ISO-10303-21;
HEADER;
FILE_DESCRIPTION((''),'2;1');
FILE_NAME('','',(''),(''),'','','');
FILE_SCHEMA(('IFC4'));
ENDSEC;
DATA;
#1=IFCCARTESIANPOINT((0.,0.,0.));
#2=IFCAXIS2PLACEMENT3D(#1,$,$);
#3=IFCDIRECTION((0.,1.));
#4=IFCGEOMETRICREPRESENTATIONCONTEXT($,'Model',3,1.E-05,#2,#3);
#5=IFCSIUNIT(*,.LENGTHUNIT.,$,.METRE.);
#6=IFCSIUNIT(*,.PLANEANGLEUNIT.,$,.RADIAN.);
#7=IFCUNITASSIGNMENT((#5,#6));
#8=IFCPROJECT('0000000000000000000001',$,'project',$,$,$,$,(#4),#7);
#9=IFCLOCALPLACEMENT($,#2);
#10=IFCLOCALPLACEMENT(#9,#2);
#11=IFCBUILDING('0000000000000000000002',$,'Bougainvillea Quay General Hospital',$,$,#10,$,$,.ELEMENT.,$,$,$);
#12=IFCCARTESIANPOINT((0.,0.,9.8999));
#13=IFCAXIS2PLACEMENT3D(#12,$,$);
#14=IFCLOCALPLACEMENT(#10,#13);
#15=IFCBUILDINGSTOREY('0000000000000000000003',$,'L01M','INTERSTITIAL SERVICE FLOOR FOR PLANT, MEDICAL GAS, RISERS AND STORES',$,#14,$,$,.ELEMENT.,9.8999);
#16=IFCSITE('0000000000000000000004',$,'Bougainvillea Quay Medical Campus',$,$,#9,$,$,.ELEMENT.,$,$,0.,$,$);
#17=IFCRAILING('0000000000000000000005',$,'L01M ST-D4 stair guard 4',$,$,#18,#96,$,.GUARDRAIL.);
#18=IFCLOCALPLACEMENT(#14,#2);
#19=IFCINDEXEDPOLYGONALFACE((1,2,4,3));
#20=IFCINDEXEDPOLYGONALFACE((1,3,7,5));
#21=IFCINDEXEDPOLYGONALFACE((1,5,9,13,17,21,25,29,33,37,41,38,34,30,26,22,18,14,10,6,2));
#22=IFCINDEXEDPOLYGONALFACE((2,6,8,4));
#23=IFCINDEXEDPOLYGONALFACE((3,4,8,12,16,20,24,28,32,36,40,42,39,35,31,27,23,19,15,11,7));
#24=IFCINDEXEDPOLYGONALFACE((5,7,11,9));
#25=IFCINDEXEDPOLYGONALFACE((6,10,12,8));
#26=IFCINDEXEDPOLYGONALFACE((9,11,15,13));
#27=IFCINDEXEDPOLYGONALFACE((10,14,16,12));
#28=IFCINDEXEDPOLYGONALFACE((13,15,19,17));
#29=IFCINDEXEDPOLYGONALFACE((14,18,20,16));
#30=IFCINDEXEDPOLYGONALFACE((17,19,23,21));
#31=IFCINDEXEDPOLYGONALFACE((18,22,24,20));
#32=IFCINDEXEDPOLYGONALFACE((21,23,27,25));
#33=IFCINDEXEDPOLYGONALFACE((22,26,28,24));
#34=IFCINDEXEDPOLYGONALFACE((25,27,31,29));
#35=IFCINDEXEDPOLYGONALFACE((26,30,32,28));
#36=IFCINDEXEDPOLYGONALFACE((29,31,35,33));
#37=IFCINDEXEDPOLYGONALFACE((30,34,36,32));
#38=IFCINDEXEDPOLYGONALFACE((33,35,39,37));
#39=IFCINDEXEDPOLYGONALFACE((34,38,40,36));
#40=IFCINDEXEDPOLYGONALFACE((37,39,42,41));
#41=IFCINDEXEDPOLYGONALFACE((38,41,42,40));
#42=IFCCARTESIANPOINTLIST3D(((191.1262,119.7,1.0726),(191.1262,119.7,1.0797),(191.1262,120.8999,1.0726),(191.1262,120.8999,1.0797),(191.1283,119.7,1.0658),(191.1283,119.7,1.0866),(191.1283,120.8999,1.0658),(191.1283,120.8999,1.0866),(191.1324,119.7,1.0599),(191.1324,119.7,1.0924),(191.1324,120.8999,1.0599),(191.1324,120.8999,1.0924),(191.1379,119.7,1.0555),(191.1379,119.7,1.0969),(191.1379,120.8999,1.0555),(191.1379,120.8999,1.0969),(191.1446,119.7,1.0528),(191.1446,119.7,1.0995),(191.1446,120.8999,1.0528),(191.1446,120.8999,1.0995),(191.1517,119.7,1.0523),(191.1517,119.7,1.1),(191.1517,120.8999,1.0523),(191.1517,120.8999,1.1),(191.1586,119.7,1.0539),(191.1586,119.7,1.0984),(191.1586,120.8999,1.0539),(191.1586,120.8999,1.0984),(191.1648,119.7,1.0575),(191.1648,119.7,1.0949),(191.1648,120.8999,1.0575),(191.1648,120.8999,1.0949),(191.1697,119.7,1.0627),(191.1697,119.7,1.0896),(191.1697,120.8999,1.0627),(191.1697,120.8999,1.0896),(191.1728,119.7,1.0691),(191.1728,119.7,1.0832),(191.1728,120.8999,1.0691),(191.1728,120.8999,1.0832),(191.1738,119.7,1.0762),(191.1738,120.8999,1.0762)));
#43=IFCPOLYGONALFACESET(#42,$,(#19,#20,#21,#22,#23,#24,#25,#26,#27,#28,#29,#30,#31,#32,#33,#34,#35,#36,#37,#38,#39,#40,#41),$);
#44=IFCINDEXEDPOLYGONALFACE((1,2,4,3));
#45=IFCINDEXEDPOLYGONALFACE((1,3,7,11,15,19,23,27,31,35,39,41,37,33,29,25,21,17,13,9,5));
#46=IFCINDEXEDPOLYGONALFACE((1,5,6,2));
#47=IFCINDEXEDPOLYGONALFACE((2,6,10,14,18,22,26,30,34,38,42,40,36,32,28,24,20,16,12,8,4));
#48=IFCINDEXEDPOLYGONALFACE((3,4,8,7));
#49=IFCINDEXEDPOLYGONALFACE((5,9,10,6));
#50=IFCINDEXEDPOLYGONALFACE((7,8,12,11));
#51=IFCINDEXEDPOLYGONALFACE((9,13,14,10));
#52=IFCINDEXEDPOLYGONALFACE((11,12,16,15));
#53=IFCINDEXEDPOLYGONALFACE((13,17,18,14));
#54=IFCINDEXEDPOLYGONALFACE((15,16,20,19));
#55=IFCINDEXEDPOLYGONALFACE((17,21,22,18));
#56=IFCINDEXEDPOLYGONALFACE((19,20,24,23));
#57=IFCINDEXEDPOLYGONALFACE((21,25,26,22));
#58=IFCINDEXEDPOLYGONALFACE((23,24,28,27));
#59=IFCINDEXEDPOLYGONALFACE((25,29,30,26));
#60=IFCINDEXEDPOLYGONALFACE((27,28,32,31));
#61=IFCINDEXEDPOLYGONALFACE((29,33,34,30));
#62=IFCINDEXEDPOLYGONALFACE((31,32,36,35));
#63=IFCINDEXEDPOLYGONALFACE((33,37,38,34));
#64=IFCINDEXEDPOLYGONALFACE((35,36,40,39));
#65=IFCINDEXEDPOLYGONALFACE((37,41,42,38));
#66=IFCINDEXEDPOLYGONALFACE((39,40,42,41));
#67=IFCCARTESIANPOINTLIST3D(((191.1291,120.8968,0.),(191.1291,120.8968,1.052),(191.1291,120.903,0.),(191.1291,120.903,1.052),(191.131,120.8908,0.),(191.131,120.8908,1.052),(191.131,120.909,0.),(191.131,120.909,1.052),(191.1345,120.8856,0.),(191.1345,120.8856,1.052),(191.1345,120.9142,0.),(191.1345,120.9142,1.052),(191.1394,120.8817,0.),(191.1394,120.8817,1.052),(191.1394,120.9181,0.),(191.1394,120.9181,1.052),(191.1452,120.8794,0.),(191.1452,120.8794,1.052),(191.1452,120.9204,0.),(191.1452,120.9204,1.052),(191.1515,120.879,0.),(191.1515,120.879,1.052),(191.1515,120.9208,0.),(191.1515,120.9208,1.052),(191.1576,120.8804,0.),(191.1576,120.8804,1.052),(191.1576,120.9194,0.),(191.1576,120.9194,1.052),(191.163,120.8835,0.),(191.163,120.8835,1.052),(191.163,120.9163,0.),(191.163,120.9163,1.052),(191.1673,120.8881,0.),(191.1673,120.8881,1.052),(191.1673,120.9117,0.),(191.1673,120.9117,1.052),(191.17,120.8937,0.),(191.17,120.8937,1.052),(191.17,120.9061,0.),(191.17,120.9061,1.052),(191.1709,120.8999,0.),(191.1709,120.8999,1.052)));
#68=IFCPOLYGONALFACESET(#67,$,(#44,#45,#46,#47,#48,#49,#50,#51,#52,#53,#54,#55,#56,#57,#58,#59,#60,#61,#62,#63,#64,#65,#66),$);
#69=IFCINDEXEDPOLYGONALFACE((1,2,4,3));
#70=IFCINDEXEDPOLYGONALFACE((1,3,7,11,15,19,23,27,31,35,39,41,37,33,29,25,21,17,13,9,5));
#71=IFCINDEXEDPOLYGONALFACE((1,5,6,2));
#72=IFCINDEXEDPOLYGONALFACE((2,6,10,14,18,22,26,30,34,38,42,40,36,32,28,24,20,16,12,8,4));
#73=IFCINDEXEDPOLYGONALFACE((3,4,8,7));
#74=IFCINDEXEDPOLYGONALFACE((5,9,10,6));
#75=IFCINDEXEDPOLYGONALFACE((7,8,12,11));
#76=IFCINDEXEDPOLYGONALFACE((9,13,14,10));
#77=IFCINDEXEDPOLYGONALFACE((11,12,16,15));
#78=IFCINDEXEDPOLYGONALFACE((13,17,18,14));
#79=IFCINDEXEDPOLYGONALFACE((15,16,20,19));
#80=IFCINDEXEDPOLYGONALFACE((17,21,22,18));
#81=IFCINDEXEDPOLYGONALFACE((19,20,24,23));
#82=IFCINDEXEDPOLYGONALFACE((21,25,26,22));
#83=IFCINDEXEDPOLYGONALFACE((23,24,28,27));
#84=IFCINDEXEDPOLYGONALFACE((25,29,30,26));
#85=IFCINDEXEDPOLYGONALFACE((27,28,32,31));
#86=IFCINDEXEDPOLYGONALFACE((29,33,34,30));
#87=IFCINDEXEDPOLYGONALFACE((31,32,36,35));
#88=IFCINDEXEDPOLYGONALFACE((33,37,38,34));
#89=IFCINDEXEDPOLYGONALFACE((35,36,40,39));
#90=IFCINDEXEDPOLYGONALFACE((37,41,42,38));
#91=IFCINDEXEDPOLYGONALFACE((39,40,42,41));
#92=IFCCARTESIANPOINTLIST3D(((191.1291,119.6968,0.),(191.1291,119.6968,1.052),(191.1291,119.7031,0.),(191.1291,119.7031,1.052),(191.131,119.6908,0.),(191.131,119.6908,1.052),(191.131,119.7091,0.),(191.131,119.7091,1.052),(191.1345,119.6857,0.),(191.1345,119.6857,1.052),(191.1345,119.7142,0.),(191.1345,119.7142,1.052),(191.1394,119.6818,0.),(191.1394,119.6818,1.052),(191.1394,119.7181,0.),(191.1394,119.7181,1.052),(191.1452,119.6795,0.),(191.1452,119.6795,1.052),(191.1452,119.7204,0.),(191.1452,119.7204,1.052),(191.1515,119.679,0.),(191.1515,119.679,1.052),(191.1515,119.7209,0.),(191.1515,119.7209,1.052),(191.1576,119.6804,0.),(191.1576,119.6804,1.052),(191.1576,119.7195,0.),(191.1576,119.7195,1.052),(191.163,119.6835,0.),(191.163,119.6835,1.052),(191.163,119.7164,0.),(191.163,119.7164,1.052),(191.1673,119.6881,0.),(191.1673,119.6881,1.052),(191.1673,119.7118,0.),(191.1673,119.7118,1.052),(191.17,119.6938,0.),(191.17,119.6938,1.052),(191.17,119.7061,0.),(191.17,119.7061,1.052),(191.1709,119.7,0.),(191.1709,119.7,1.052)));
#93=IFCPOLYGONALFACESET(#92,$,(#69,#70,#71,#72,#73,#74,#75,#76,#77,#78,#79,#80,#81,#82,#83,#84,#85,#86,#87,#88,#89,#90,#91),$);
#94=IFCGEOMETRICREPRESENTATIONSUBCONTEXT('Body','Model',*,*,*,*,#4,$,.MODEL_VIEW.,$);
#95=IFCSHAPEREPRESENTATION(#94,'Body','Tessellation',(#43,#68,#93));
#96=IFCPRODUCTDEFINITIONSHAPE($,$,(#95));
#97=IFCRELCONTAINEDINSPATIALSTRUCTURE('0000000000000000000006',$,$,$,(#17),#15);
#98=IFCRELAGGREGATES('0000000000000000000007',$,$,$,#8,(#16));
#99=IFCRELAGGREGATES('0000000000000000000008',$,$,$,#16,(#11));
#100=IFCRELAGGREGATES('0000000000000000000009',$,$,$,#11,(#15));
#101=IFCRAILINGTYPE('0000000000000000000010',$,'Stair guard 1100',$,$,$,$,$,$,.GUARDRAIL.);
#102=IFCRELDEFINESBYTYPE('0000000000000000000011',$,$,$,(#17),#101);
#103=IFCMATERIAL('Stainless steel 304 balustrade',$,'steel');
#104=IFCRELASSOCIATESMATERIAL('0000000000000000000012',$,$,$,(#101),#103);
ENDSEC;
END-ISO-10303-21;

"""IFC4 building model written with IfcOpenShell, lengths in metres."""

from ifc_helpers import new_model, si_unit, direction, frame, origin, origin_2d, place, context, subcontext, project, spatial, circle, extrude, material, type_object, element, save


model = new_model("IFC4")

# Units and contexts
model_context = context("Model", 3, precision=1e-05, world=origin(), true_north=direction((0.0, 1.0)))
body_context = subcontext(model_context, "Body", "Model", "MODEL_VIEW")
ifc_project = project(units=[si_unit("LENGTHUNIT", "METRE"), si_unit("PLANEANGLEUNIT", "RADIAN")], contexts=[model_context])

# Site, building, storey
site_placement = place(None, origin())
site = spatial("IfcSite", under=ifc_project, at=site_placement, Name="Bougainvillea Quay Medical Campus", CompositionType="ELEMENT", RefElevation=0.0)
building_placement = place(site_placement, origin())
building = spatial("IfcBuilding", under=site, at=building_placement, Name="Bougainvillea Quay General Hospital", CompositionType="ELEMENT")
storey_placement = place(building_placement, frame((0.0, 0.0, 9.8999)))
storey = spatial("IfcBuildingStorey", under=building, at=storey_placement, Name="L01M", Description="INTERSTITIAL SERVICE FLOOR FOR PLANT, MEDICAL GAS, RISERS AND STORES", CompositionType="ELEMENT", Elevation=9.8999)

# Railing
ifc_material_1 = material(Name="Stainless steel 304 balustrade", Category="steel")
railing_type_1 = type_object("IfcRailingType", Name="Stair guard 1100", PredefinedType="GUARDRAIL", material=ifc_material_1)
railing_1_placement = place(storey_placement, frame((191.1499, 120.8999, 0.0)))
element("IfcRailing", 1, at=railing_1_placement, inside=storey, type_object=railing_type_1, Name="L01M ST-D4 stair guard 4", PredefinedType="GUARDRAIL", context=body_context, shape_type="SweptSolid", body=[
    extrude(circle(Radius=0.0239, at=origin_2d()), frame((0.0, 0.0, 1.0762), z_axis=(0.0, -1.0, 0.0), x_axis=(1.0, 0.0, 0.0)), (0.0, 0.0, 1.0), 1.2),
    extrude(circle(Radius=0.021, at=origin_2d()), origin(), (0.0, 0.0, 1.0), 1.052),
    extrude(circle(Radius=0.021, at=origin_2d()), frame((0.0, -1.2, 0.0)), (0.0, 0.0, 1.0), 1.052),
])

save(model, "model.ifc")
